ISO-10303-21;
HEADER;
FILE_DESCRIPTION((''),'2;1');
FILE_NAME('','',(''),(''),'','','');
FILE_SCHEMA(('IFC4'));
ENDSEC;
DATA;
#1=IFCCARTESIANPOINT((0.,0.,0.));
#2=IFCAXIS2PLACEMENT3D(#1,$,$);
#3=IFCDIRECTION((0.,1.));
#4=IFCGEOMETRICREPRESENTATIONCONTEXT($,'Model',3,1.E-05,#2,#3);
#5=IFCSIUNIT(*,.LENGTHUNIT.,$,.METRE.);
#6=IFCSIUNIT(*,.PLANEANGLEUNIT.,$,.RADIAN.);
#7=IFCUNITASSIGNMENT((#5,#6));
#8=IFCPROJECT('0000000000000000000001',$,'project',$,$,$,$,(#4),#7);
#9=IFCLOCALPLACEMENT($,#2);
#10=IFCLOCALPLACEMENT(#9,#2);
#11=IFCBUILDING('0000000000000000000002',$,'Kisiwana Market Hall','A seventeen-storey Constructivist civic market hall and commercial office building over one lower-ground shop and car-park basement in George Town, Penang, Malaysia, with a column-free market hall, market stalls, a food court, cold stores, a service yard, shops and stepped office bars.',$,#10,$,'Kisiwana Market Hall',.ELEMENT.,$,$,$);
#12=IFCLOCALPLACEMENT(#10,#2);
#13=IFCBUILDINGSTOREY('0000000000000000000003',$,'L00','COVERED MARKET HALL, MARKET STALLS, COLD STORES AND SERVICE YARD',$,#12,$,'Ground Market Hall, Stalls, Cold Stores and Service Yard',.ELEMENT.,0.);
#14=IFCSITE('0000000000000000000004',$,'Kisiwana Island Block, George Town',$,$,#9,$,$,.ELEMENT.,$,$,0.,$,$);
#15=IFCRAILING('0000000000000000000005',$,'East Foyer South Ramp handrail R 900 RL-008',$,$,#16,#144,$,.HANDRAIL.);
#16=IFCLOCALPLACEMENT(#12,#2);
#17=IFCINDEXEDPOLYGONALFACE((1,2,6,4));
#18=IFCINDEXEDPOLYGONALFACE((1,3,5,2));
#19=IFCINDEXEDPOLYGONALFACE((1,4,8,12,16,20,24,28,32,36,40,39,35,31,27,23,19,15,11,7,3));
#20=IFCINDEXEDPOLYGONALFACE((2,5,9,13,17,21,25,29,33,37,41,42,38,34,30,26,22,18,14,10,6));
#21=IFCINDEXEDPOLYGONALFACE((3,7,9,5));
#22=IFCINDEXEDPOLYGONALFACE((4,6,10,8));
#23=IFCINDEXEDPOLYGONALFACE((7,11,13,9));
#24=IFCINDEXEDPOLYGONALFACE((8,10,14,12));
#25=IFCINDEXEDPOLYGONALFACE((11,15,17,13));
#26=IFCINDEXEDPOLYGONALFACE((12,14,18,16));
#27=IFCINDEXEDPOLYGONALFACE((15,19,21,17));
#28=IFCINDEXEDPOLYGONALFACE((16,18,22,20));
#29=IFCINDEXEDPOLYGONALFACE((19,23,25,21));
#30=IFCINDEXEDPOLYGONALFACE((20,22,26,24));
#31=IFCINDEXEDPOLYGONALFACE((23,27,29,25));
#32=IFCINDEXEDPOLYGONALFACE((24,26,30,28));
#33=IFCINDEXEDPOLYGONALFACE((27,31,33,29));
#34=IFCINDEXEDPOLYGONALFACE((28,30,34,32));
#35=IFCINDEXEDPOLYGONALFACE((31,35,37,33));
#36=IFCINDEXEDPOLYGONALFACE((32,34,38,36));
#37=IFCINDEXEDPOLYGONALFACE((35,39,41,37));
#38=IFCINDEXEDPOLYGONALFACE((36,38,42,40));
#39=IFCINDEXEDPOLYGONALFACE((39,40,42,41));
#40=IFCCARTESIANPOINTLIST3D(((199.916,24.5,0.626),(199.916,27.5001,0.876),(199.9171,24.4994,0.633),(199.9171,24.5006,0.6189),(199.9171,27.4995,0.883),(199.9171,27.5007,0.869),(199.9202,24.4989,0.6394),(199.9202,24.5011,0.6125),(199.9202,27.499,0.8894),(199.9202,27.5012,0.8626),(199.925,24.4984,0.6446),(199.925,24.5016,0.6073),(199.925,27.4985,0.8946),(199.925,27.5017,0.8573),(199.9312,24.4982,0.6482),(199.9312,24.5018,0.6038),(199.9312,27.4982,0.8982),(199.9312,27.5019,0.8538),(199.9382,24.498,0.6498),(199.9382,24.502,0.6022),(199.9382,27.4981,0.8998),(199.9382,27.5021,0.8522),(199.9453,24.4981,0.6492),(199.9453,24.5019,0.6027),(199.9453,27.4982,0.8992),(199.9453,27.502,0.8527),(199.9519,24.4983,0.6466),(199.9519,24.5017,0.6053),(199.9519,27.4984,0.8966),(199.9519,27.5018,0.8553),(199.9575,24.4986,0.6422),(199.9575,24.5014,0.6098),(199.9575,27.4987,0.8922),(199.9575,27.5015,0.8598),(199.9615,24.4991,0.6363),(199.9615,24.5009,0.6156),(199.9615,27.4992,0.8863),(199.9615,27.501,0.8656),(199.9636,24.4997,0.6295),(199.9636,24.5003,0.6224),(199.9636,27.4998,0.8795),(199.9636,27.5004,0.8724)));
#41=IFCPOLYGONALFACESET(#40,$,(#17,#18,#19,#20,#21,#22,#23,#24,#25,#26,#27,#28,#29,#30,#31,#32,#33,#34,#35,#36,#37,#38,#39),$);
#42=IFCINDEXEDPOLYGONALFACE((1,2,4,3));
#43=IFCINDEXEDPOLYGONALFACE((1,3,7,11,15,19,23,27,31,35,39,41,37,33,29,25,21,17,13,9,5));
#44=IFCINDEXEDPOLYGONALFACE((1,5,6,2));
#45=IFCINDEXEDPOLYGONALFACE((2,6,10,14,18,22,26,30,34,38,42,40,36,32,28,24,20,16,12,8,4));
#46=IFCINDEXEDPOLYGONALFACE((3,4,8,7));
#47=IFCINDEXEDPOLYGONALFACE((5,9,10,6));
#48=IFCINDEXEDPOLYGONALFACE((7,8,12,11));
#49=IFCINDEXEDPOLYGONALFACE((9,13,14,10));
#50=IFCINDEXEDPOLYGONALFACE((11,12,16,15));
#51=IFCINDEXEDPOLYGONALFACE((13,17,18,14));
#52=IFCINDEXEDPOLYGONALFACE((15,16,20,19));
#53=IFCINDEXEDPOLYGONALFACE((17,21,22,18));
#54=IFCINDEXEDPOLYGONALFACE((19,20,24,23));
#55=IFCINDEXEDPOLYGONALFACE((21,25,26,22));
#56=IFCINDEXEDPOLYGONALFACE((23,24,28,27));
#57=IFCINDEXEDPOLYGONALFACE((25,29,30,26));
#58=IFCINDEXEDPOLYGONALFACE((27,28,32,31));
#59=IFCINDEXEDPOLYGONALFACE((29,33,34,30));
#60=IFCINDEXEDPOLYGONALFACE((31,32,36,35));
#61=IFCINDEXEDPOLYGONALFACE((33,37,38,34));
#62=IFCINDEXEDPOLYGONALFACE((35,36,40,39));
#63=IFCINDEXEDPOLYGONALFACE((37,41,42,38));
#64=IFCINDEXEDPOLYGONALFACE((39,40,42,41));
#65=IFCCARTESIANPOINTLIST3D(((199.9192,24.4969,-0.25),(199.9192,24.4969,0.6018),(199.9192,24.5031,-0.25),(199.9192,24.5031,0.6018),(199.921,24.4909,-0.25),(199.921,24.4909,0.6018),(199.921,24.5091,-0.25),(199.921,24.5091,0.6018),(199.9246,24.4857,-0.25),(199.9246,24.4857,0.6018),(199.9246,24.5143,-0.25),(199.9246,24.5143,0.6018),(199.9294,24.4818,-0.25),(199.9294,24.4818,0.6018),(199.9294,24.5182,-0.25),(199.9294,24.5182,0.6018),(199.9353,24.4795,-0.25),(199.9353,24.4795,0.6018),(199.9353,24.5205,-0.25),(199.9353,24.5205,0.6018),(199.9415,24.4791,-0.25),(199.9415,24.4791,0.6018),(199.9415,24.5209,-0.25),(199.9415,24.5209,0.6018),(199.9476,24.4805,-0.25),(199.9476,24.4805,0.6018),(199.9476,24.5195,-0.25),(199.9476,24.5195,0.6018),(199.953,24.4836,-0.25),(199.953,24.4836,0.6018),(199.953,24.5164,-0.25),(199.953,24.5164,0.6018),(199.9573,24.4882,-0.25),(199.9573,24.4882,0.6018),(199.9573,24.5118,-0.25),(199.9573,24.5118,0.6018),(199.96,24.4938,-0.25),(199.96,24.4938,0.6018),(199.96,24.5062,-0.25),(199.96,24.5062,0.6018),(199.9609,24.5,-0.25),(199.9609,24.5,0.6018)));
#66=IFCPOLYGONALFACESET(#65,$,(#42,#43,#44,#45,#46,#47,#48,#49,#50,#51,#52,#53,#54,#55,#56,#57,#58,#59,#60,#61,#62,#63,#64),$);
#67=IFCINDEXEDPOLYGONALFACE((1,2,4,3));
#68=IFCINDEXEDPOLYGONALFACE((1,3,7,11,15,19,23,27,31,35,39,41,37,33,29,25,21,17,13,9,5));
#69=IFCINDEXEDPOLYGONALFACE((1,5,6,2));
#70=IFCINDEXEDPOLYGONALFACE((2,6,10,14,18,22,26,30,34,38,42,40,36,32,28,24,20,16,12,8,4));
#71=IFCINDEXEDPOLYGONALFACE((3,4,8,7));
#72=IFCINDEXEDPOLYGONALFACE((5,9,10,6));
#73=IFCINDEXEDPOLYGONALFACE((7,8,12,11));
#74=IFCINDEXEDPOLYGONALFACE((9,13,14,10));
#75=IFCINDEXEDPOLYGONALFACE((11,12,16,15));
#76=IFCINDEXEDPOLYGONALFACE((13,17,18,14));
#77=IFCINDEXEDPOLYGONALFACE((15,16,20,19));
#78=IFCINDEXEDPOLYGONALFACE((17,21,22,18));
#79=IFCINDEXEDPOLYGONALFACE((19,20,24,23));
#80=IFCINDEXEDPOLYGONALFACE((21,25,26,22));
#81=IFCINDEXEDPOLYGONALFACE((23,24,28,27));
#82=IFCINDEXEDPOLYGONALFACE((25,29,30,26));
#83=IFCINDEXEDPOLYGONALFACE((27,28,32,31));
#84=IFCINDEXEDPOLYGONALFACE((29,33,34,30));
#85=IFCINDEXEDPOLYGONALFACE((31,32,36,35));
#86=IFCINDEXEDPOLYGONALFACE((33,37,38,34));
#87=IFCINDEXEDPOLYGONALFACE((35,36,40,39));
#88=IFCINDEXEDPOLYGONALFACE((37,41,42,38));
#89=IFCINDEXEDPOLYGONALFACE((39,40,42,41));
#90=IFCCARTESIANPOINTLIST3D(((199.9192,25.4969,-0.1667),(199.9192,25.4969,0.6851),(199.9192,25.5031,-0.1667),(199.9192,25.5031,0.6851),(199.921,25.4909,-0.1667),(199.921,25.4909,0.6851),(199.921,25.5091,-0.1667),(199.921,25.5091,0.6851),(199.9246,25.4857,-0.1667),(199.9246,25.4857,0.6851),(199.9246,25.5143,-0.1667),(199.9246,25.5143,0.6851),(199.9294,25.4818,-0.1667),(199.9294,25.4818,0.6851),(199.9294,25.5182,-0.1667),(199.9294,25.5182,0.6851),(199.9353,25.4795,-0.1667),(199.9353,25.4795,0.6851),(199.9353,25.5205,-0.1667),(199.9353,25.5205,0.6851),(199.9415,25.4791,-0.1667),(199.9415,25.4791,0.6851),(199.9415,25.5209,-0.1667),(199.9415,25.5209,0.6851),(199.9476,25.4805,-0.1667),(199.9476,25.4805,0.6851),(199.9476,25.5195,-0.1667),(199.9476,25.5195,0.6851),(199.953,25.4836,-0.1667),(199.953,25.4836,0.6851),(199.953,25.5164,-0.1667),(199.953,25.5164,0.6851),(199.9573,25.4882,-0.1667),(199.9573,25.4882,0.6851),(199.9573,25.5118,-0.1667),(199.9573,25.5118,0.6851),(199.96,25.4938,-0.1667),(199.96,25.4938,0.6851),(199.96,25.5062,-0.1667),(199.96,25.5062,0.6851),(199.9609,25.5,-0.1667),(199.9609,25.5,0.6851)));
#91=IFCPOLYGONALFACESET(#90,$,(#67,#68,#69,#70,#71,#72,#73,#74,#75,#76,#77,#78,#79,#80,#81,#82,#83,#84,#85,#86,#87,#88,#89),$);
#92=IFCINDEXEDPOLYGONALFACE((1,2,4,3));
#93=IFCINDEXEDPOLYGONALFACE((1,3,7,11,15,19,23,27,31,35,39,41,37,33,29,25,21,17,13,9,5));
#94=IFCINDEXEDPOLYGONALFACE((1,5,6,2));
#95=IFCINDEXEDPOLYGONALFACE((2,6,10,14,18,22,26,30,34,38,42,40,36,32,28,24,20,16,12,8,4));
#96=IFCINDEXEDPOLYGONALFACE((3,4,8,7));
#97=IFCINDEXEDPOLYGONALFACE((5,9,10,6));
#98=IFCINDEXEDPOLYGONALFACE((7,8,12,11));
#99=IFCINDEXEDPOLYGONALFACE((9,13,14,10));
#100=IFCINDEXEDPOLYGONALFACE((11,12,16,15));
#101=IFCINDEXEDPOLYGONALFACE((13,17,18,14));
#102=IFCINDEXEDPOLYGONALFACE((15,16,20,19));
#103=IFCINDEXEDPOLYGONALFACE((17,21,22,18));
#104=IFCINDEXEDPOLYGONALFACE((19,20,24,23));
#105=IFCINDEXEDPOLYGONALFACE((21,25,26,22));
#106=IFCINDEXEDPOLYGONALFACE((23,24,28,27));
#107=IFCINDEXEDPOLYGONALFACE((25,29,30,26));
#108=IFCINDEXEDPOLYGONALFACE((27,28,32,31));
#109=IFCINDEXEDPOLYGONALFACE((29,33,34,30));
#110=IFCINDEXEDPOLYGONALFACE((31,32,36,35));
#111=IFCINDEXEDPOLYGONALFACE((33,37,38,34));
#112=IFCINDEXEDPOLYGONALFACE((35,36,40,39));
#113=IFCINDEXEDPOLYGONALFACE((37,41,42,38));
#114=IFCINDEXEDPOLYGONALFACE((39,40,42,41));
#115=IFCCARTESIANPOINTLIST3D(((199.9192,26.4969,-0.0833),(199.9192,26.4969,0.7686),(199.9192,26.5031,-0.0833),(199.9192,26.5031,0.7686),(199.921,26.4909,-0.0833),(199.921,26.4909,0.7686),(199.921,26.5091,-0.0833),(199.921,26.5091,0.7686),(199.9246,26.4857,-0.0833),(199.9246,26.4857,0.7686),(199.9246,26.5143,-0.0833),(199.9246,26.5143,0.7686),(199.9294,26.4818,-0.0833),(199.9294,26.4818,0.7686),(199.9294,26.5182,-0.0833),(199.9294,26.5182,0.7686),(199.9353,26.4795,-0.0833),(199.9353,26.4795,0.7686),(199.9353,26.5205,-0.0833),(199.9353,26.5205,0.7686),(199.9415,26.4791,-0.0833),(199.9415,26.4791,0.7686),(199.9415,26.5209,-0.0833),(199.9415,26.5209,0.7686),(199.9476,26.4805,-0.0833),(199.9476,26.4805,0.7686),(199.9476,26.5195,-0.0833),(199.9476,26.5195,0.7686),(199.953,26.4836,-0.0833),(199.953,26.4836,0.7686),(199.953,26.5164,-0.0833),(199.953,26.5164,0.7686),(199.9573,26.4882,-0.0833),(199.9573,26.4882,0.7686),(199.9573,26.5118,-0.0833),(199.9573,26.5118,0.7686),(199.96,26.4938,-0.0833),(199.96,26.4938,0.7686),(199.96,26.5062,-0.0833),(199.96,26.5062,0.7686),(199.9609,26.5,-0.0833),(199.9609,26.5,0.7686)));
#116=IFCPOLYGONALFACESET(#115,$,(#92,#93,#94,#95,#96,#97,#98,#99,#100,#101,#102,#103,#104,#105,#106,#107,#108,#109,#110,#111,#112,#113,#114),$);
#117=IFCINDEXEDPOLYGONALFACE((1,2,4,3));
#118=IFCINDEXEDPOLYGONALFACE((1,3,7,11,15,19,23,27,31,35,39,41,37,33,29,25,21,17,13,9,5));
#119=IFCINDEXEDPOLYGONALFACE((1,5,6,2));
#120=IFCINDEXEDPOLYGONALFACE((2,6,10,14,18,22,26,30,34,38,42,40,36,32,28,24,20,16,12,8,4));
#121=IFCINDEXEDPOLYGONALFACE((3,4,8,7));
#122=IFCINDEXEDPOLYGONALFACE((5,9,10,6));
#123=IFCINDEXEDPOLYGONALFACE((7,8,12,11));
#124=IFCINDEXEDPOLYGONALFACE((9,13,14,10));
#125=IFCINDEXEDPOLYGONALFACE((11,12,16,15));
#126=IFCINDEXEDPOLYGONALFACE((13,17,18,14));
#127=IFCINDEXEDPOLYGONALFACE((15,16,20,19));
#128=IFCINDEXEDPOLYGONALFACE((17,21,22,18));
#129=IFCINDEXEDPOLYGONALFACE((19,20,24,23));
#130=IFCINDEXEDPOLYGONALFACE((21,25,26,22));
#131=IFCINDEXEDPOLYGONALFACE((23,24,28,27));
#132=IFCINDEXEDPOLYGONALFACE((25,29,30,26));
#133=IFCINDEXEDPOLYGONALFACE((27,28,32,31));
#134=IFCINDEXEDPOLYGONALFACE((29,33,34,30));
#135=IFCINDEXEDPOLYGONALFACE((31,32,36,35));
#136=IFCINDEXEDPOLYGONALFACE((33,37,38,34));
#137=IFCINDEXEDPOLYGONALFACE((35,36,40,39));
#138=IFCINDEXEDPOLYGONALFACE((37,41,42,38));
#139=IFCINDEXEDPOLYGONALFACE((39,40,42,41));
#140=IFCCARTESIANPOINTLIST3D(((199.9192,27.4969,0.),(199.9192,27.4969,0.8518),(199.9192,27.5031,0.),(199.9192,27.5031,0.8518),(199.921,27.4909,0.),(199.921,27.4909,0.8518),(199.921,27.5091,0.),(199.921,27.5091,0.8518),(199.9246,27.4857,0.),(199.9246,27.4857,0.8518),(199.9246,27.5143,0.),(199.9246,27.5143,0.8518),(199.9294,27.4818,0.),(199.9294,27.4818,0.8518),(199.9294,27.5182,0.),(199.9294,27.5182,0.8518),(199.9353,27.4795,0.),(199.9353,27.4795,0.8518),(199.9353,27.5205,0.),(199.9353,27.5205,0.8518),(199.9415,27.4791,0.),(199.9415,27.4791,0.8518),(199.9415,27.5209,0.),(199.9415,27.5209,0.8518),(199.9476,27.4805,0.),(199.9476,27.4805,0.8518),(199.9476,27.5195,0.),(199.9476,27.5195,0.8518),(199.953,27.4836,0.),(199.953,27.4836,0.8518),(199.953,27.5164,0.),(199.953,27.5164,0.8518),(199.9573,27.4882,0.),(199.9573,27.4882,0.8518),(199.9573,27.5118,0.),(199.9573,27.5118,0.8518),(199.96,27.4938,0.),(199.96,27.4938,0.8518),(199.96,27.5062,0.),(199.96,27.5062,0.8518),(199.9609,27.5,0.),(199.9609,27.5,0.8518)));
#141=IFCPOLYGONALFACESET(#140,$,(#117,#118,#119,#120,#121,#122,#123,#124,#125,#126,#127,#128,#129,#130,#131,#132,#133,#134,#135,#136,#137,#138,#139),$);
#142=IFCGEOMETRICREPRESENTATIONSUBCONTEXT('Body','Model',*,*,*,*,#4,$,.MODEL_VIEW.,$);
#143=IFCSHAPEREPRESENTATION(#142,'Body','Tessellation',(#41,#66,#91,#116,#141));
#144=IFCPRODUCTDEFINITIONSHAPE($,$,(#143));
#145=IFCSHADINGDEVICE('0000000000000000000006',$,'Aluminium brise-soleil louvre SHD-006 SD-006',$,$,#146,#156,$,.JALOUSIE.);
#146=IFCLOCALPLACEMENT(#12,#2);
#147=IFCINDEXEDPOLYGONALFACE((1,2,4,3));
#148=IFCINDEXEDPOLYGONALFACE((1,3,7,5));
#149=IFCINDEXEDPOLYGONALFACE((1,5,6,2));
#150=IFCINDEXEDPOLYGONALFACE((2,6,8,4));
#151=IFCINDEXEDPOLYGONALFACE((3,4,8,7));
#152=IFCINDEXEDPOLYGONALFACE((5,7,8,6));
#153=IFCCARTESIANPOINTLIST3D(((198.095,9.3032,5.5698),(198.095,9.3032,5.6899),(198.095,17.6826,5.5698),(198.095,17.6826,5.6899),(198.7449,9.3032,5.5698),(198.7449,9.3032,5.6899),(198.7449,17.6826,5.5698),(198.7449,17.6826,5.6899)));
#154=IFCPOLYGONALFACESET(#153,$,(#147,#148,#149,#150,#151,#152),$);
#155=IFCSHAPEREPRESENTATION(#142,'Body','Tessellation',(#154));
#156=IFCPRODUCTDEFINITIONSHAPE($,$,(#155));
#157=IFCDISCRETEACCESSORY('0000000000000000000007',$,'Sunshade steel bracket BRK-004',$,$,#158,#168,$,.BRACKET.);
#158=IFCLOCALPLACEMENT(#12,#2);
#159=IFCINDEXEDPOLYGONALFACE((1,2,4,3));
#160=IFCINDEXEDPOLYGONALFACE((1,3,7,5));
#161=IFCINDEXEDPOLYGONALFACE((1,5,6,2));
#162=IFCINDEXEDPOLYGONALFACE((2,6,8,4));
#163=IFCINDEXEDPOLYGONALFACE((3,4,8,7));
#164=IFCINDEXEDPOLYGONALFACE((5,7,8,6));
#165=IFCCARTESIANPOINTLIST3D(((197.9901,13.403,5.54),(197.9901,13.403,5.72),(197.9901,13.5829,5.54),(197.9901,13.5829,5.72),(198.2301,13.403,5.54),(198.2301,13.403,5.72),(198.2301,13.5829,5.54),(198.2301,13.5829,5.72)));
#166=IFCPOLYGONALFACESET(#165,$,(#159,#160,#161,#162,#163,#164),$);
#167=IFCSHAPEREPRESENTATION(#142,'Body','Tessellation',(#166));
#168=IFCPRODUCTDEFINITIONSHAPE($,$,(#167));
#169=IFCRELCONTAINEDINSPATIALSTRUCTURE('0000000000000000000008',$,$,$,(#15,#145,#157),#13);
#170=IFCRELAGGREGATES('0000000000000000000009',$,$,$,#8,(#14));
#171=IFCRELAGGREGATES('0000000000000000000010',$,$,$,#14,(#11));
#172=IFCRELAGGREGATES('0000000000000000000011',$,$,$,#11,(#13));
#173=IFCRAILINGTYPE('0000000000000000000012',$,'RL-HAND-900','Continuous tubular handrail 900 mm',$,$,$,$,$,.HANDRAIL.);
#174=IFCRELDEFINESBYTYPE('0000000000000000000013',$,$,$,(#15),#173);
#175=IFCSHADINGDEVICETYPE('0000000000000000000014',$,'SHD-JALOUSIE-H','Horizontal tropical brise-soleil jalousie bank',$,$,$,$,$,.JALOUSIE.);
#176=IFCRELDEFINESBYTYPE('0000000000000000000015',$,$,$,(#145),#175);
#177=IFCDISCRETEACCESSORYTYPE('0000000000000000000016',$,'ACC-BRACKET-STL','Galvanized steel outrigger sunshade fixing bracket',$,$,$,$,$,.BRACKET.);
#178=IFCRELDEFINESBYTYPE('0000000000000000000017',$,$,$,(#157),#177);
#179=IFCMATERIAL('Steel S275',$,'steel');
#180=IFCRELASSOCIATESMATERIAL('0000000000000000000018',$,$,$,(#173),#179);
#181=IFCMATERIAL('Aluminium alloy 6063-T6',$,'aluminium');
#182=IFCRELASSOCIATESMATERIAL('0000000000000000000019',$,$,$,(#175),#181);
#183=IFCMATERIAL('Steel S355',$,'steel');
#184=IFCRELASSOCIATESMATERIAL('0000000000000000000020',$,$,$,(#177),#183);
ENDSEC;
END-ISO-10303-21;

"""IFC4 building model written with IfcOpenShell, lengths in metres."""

from ifc_helpers import new_model, si_unit, direction, frame, origin, origin_2d, place, context, subcontext, project, spatial, rectangle, circle, extrude, material, type_object, element, save


model = new_model("IFC4")

# Units and contexts
model_context = context("Model", 3, precision=1e-05, world=origin(), true_north=direction((0.0, 1.0)))
body_context = subcontext(model_context, "Body", "Model", "MODEL_VIEW")
ifc_project = project(units=[si_unit("LENGTHUNIT", "METRE"), si_unit("PLANEANGLEUNIT", "RADIAN")], contexts=[model_context])

# Site, building, storey
site_placement = place(None, origin())
site = spatial("IfcSite", under=ifc_project, at=site_placement, Name="Kisiwana Island Block, George Town", CompositionType="ELEMENT", RefElevation=0.0)
building_placement = place(site_placement, origin())
building = spatial("IfcBuilding", under=site, at=building_placement, Name="Kisiwana Market Hall", Description="A seventeen-storey Constructivist civic market hall and commercial office building over one lower-ground shop and car-park basement in George Town, Penang, Malaysia, with a column-free market hall, market stalls, a food court, cold stores, a service yard, shops and stepped office bars.", LongName="Kisiwana Market Hall", CompositionType="ELEMENT")
storey_placement = place(building_placement, origin())
storey = spatial("IfcBuildingStorey", under=building, at=storey_placement, Name="L00", Description="COVERED MARKET HALL, MARKET STALLS, COLD STORES AND SERVICE YARD", LongName="Ground Market Hall, Stalls, Cold Stores and Service Yard", CompositionType="ELEMENT", Elevation=0.0)

# Railing
ifc_material_1 = material(Name="Steel S275", Category="steel")
railing_type = type_object("IfcRailingType", Name="RL-HAND-900", Description="Continuous tubular handrail 900 mm", PredefinedType="HANDRAIL", material=ifc_material_1)
for number, where, name in (
    (1, (199.9399, 24.5, -0.25), "East Foyer South Ramp handrail R 900 RL-008"),
):
    element("IfcRailing", number, at=place(storey_placement, frame(where)), inside=storey, type_object=railing_type, Name=name, PredefinedType="HANDRAIL", context=body_context, shape_type="SweptSolid", body=[
        extrude(circle(Radius=0.0239, at=origin_2d()), frame((0.0, 0.0, 0.876), z_axis=(0.0, 0.996546, 0.083045), x_axis=(-1.0, 0.0, 0.0)), (0.0, 0.0, 1.0), 3.0105),
        extrude(circle(Radius=0.021, at=origin_2d()), origin(), (0.0, 0.0, 1.0), 0.8518),
        extrude(circle(Radius=0.021, at=origin_2d()), frame((0.0, 1.0, 0.0833)), (0.0, 0.0, 1.0), 0.8518),
        extrude(circle(Radius=0.021, at=origin_2d()), frame((0.0, 2.0, 0.1667)), (0.0, 0.0, 1.0), 0.8518),
        extrude(circle(Radius=0.021, at=origin_2d()), frame((0.0, 3.0, 0.25)), (0.0, 0.0, 1.0), 0.8518),
    ])

# Shading device
ifc_material_2 = material(Name="Aluminium alloy 6063-T6", Category="aluminium")
shading_device_type = type_object("IfcShadingDeviceType", Name="SHD-JALOUSIE-H", Description="Horizontal tropical brise-soleil jalousie bank", PredefinedType="JALOUSIE", material=ifc_material_2)
shading_device_placement = place(storey_placement, frame((198.4199, 13.4929, 5.5698), z_axis=(0.0, 0.0, 1.0), x_axis=(0.0, 1.0, 0.0)))
element("IfcShadingDevice", 2, at=shading_device_placement, inside=storey, type_object=shading_device_type, Name="Aluminium brise-soleil louvre SHD-006 SD-006", PredefinedType="JALOUSIE", context=body_context, shape_type="SweptSolid", body=[
    extrude(rectangle(XDim=8.3794, YDim=0.6499, at=origin_2d()), origin(), (0.0, 0.0, 1.0), 0.1201),
])

# Discrete accessory
ifc_material_3 = material(Name="Steel S355", Category="steel")
discrete_accessory_type = type_object("IfcDiscreteAccessoryType", Name="ACC-BRACKET-STL", Description="Galvanized steel outrigger sunshade fixing bracket", PredefinedType="BRACKET", material=ifc_material_3)
discrete_accessory_placement = place(storey_placement, frame((198.1101, 13.4929, 5.54), z_axis=(0.0, 0.0, 1.0), x_axis=(0.0, 1.0, 0.0)))
element("IfcDiscreteAccessory", 3, at=discrete_accessory_placement, inside=storey, type_object=discrete_accessory_type, Name="Sunshade steel bracket BRK-004", PredefinedType="BRACKET", context=body_context, shape_type="SweptSolid", body=[
    extrude(rectangle(XDim=0.1799, YDim=0.24, at=origin_2d()), origin(), (0.0, 0.0, 1.0), 0.1799),
])

save(model, "model.ifc")
